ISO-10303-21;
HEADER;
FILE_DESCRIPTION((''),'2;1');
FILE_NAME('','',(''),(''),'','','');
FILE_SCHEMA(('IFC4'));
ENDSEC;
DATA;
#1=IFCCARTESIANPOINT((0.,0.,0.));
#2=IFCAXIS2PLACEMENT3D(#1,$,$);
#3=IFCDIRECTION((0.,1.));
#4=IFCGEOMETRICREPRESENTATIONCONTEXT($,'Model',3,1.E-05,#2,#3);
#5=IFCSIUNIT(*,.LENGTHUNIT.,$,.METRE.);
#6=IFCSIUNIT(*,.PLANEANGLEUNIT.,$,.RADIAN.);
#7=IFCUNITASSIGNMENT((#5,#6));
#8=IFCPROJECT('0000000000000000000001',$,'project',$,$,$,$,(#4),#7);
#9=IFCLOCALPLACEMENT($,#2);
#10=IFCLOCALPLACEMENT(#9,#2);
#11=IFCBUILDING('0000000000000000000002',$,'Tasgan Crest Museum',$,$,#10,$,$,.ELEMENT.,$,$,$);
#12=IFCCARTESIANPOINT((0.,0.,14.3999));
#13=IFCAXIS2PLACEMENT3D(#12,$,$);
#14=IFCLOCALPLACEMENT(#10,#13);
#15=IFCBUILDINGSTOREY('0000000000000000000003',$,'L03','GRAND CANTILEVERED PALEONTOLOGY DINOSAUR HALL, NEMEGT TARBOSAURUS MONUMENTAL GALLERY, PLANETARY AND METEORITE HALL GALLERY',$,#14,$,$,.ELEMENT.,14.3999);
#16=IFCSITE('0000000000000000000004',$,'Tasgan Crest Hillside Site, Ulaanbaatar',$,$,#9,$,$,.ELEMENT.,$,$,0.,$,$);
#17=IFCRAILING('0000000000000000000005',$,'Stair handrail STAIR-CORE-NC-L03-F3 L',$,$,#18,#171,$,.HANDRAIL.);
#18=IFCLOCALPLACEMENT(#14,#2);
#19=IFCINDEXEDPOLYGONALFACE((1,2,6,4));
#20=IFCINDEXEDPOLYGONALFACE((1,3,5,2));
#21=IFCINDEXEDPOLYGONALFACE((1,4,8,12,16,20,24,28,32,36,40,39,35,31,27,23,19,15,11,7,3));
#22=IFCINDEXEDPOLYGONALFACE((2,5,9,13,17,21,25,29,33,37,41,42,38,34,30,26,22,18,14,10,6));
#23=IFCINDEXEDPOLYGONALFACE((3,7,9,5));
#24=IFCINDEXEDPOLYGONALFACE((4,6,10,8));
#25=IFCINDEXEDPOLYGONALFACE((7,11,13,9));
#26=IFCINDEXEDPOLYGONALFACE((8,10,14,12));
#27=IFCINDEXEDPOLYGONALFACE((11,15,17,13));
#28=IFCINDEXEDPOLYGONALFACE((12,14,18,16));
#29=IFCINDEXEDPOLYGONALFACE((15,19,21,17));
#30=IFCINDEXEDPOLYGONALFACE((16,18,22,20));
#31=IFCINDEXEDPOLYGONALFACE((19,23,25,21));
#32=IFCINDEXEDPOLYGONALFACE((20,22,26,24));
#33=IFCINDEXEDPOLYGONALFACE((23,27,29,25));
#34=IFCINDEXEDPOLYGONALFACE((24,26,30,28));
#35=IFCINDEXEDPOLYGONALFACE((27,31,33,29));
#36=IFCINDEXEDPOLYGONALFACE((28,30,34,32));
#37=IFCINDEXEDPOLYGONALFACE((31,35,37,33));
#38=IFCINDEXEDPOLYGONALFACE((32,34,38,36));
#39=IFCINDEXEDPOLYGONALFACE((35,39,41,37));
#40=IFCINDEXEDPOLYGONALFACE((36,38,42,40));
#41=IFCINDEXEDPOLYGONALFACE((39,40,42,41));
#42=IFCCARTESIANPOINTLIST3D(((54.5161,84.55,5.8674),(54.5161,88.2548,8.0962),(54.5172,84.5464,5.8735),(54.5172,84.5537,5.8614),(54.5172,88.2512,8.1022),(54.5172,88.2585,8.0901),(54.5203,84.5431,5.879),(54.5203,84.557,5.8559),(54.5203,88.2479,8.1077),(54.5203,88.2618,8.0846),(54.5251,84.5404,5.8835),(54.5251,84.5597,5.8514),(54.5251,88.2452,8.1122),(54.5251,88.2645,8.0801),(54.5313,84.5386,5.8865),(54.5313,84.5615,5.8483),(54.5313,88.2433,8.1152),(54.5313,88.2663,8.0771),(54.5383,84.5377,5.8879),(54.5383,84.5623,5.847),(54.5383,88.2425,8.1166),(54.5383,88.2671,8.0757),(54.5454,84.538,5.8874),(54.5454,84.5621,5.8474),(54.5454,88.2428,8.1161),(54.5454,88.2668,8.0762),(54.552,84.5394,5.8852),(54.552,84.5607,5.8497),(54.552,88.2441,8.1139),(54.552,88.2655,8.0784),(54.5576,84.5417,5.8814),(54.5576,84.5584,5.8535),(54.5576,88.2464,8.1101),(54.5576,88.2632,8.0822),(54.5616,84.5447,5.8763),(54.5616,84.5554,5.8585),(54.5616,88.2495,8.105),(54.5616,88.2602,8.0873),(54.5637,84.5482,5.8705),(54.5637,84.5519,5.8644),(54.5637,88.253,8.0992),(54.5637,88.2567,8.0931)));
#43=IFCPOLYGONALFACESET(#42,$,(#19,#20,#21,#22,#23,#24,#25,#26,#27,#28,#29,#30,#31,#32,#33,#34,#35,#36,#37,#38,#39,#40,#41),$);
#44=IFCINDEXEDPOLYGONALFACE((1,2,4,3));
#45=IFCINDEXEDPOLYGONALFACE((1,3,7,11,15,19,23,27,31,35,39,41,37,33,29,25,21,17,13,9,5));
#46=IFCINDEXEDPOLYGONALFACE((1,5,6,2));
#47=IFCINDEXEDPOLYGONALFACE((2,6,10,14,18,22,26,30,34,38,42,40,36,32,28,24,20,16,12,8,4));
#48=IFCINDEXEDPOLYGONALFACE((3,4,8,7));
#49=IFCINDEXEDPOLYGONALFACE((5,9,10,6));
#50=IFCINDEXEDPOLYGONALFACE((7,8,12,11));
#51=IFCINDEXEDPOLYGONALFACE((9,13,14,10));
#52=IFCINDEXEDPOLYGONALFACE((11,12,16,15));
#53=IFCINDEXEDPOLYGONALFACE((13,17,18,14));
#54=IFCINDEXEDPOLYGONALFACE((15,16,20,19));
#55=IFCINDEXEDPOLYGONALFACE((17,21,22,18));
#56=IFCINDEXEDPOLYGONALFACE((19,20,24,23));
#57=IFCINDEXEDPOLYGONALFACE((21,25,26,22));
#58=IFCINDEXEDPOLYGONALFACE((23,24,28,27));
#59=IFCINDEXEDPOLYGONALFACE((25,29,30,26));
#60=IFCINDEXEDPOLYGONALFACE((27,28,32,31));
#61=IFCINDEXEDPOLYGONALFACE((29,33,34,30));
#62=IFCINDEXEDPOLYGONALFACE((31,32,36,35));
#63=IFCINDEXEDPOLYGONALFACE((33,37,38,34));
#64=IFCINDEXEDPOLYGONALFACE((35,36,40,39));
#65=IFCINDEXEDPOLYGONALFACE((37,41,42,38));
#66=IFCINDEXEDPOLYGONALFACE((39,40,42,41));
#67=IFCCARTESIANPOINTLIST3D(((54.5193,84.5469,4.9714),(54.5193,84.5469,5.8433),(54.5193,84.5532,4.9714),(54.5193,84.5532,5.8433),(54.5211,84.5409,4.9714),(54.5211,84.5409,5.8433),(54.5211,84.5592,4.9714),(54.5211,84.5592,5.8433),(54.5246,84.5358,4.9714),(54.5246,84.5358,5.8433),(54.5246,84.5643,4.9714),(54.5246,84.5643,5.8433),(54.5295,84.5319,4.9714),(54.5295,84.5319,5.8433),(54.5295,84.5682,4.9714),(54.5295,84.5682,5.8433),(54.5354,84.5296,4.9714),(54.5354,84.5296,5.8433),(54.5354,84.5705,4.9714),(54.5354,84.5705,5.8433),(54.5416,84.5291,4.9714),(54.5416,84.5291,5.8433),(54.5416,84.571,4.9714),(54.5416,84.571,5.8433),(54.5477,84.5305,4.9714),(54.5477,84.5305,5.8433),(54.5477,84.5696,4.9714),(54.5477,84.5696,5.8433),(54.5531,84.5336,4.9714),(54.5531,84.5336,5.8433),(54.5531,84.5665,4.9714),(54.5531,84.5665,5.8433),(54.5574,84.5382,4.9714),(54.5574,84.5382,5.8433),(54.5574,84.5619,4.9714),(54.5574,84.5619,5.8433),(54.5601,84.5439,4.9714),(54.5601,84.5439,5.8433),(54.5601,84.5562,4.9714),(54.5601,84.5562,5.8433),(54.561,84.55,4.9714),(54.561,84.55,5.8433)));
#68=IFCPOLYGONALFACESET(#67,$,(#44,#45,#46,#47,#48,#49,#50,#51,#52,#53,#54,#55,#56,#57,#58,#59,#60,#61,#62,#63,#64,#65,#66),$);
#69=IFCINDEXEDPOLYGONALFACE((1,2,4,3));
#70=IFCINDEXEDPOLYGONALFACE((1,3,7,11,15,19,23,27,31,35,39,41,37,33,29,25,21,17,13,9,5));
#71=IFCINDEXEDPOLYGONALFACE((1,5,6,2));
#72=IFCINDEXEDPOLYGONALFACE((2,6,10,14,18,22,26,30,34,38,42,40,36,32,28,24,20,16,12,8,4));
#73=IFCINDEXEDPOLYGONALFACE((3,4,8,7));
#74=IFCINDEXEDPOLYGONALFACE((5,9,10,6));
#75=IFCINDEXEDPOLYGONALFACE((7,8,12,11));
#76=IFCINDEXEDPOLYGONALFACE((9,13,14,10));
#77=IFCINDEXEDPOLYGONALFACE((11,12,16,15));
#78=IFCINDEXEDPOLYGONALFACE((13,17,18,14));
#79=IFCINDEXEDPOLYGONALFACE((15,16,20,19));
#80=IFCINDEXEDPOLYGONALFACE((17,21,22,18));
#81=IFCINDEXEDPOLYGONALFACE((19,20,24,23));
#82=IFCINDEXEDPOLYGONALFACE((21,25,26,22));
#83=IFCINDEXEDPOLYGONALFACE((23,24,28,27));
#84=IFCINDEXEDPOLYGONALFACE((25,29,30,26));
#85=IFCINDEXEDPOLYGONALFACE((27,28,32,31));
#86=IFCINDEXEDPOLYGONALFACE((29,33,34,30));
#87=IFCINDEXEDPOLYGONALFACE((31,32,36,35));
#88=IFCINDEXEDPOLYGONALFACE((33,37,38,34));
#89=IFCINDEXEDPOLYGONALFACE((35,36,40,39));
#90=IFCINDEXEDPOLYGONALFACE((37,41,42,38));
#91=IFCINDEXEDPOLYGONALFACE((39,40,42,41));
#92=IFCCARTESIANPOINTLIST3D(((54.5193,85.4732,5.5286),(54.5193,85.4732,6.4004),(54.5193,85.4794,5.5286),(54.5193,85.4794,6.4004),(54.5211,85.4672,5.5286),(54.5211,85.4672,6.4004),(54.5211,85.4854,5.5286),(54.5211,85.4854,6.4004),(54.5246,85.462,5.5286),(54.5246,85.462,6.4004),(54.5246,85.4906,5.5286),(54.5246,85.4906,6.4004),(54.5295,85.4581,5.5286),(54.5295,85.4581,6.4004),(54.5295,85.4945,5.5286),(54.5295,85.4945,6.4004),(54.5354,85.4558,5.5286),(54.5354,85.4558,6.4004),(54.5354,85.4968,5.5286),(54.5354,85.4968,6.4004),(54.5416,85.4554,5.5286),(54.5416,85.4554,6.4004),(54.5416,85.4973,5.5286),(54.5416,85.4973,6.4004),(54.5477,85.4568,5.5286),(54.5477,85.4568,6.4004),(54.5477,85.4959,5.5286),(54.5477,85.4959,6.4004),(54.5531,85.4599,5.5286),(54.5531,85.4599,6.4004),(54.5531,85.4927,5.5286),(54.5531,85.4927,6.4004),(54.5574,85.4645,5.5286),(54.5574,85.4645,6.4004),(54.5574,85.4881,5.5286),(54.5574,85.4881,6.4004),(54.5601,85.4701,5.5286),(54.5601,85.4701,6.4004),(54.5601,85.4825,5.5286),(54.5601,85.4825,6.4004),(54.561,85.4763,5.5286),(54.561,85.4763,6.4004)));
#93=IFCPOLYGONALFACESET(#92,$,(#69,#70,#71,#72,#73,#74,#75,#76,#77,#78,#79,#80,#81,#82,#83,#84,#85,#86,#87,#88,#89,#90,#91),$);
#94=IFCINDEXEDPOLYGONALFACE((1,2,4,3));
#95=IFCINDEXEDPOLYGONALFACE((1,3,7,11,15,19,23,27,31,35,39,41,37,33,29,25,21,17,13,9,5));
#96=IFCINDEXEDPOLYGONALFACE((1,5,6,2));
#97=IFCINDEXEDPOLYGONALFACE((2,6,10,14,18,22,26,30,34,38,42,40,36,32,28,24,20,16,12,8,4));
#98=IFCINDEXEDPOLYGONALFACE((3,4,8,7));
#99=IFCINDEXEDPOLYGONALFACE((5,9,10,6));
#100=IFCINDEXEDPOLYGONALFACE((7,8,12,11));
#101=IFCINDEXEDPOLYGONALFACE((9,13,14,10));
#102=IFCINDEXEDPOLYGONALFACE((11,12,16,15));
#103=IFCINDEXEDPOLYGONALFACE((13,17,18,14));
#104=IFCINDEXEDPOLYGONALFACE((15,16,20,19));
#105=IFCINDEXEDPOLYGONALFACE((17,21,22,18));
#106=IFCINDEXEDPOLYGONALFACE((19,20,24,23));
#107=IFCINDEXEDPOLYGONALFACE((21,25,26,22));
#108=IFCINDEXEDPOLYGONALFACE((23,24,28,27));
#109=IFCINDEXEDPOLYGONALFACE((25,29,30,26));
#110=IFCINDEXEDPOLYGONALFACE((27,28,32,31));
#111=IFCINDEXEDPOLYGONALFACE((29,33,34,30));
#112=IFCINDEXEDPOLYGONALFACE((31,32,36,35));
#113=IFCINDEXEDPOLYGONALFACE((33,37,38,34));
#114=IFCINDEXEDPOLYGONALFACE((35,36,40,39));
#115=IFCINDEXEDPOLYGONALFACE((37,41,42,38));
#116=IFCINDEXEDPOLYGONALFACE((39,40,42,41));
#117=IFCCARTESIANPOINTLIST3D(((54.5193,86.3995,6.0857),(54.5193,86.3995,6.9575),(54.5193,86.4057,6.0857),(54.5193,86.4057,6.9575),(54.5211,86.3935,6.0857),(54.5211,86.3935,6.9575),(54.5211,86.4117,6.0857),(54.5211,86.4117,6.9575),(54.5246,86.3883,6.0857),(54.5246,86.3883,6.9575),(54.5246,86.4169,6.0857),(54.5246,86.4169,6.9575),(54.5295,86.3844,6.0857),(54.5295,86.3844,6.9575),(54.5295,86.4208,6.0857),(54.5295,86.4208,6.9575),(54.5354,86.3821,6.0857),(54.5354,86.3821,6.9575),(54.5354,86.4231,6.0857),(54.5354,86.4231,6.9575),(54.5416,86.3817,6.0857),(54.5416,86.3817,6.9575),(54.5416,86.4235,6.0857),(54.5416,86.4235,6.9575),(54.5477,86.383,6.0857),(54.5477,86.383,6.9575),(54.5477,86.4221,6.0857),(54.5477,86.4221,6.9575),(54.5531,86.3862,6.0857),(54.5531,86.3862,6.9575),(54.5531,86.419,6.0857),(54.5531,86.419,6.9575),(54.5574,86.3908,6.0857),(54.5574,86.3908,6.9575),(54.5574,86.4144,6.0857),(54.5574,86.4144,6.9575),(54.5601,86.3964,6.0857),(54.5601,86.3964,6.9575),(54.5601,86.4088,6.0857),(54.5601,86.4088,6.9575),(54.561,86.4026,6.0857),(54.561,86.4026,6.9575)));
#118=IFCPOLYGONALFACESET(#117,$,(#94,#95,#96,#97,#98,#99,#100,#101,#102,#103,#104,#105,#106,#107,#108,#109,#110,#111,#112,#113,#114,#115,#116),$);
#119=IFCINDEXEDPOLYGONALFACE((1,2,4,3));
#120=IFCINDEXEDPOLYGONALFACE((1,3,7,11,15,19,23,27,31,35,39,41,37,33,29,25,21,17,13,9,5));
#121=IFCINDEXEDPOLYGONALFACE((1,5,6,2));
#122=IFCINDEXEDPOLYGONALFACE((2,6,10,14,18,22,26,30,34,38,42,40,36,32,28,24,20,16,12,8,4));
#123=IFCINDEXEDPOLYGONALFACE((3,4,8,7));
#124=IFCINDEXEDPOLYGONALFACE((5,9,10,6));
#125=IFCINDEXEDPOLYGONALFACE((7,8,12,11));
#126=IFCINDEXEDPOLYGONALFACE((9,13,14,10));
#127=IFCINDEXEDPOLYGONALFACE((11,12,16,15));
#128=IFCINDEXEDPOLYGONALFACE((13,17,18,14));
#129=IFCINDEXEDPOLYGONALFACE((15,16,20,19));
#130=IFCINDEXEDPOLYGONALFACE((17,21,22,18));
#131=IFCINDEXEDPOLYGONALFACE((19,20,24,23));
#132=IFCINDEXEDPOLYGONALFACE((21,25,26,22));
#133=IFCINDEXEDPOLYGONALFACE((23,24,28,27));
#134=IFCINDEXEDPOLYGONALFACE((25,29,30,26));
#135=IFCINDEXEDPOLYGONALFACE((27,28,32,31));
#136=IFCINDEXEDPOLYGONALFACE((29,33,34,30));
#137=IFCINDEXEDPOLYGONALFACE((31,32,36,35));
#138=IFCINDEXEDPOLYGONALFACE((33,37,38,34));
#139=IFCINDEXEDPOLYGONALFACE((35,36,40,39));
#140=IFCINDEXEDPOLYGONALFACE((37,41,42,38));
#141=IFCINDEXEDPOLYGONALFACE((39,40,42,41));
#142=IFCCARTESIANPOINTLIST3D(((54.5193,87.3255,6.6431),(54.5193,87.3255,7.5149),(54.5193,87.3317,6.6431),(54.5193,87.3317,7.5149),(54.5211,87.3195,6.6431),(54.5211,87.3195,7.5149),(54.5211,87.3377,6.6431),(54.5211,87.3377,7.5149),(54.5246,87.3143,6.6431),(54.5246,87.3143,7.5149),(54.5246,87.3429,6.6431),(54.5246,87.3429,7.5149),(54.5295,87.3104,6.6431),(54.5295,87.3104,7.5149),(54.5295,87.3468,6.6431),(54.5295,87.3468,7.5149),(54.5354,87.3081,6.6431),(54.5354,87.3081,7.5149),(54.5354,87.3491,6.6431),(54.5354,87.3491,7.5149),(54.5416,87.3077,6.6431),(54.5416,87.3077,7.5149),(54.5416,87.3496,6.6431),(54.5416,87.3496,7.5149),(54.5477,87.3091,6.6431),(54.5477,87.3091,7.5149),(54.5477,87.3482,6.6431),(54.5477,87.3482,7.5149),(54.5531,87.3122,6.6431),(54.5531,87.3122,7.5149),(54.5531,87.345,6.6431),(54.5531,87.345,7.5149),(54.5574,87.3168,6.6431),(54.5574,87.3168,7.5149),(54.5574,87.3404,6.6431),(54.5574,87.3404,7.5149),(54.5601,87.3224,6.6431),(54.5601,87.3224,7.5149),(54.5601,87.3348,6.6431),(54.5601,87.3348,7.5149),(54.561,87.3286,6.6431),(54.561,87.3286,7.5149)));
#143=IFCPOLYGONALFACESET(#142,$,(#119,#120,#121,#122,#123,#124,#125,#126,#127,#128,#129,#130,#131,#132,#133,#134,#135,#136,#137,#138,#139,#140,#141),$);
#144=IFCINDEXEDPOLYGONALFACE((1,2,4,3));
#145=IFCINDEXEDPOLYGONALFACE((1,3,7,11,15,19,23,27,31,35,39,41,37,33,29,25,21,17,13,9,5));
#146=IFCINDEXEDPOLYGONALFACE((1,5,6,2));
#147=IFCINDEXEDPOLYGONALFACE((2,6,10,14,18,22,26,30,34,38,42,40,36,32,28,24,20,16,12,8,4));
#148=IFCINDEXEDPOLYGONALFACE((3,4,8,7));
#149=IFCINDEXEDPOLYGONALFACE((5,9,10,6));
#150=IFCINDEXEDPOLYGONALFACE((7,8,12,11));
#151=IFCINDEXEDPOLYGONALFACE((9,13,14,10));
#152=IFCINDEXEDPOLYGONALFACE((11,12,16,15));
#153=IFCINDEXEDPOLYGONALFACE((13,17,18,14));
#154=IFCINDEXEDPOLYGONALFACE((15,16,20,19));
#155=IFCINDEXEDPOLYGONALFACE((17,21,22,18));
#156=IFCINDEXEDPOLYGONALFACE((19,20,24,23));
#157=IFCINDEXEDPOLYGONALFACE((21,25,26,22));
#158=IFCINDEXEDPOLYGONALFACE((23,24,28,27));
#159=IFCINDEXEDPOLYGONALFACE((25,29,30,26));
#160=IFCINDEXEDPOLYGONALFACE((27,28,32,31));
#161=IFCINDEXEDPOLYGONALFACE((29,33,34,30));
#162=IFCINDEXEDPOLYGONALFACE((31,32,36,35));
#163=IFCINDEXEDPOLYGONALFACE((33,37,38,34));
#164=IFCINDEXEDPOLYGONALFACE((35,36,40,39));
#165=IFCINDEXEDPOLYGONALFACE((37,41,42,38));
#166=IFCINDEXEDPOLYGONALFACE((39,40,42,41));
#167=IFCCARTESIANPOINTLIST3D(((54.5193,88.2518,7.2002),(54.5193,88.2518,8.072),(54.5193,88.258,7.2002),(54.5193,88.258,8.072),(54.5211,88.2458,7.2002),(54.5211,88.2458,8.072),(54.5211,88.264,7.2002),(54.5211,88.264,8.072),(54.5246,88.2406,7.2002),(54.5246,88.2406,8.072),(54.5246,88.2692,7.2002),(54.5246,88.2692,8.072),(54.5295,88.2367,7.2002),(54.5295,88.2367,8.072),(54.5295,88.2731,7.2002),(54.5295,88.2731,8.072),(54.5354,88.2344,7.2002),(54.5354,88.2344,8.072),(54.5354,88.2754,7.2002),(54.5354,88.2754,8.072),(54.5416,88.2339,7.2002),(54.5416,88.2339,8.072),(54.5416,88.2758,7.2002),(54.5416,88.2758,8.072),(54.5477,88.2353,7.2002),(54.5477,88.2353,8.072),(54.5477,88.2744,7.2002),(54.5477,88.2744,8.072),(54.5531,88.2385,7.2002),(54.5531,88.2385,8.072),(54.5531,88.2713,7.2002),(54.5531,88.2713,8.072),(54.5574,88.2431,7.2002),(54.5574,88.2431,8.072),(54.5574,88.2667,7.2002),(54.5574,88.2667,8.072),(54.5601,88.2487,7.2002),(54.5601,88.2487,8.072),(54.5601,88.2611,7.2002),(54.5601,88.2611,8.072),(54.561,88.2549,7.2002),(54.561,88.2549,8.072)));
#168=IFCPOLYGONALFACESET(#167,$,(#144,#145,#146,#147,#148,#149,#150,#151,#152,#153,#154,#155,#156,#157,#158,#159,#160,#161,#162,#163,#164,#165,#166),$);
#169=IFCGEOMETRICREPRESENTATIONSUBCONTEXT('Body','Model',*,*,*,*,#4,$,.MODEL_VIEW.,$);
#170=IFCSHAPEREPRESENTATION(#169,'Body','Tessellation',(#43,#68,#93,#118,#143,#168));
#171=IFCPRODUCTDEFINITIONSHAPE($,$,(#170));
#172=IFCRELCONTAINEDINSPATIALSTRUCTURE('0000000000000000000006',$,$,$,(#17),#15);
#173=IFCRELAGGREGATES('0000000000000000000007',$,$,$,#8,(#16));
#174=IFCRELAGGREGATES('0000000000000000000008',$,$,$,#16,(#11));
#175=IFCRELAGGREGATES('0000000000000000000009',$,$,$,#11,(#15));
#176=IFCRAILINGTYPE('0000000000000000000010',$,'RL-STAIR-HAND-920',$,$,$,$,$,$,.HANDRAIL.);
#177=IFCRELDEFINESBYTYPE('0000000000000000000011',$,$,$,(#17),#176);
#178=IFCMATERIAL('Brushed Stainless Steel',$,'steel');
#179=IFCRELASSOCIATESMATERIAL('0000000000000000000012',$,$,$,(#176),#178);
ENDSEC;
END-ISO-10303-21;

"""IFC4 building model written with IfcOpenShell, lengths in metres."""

from ifc_helpers import new_model, si_unit, direction, frame, origin, origin_2d, place, context, subcontext, project, spatial, circle, extrude, material, type_object, element, save


model = new_model("IFC4")

# Units and contexts
model_context = context("Model", 3, precision=1e-05, world=origin(), true_north=direction((0.0, 1.0)))
body_context = subcontext(model_context, "Body", "Model", "MODEL_VIEW")
ifc_project = project(units=[si_unit("LENGTHUNIT", "METRE"), si_unit("PLANEANGLEUNIT", "RADIAN")], contexts=[model_context])

# Site, building, storey
site_placement = place(None, origin())
site = spatial("IfcSite", under=ifc_project, at=site_placement, Name="Tasgan Crest Hillside Site, Ulaanbaatar", CompositionType="ELEMENT", RefElevation=0.0)
building_placement = place(site_placement, origin())
building = spatial("IfcBuilding", under=site, at=building_placement, Name="Tasgan Crest Museum", CompositionType="ELEMENT")
storey_placement = place(building_placement, frame((0.0, 0.0, 14.3999)))
storey = spatial("IfcBuildingStorey", under=building, at=storey_placement, Name="L03", Description="GRAND CANTILEVERED PALEONTOLOGY DINOSAUR HALL, NEMEGT TARBOSAURUS MONUMENTAL GALLERY, PLANETARY AND METEORITE HALL GALLERY", CompositionType="ELEMENT", Elevation=14.3999)

# Railing
ifc_material_1 = material(Name="Brushed Stainless Steel", Category="steel")
railing_type_1 = type_object("IfcRailingType", Name="RL-STAIR-HAND-920", PredefinedType="HANDRAIL", material=ifc_material_1)
for number, where, name in (
    (1, (54.54, 84.55, 4.9714), "Stair handrail STAIR-CORE-NC-L03-F3 L"),
):
    element("IfcRailing", number, at=place(storey_placement, frame(where)), inside=storey, type_object=railing_type_1, Name=name, PredefinedType="HANDRAIL", context=body_context, shape_type="SweptSolid", body=[
        extrude(circle(Radius=0.0239, at=origin_2d()), frame((0.0, 0.0, 0.896), z_axis=(0.0, 0.856894, 0.515492), x_axis=(-1.0, 0.0, 0.0)), (0.0, 0.0, 1.0), 4.3235),
        extrude(circle(Radius=0.021, at=origin_2d()), origin(), (0.0, 0.0, 1.0), 0.8718),
        extrude(circle(Radius=0.021, at=origin_2d()), frame((0.0, 0.9263, 0.5571)), (0.0, 0.0, 1.0), 0.8718),
        extrude(circle(Radius=0.021, at=origin_2d()), frame((0.0, 1.8525, 1.1143)), (0.0, 0.0, 1.0), 0.8718),
        extrude(circle(Radius=0.021, at=origin_2d()), frame((0.0, 2.7786, 1.6716)), (0.0, 0.0, 1.0), 0.8718),
        extrude(circle(Radius=0.021, at=origin_2d()), frame((0.0, 3.7048, 2.2288)), (0.0, 0.0, 1.0), 0.8718),
    ])

save(model, "model.ifc")
